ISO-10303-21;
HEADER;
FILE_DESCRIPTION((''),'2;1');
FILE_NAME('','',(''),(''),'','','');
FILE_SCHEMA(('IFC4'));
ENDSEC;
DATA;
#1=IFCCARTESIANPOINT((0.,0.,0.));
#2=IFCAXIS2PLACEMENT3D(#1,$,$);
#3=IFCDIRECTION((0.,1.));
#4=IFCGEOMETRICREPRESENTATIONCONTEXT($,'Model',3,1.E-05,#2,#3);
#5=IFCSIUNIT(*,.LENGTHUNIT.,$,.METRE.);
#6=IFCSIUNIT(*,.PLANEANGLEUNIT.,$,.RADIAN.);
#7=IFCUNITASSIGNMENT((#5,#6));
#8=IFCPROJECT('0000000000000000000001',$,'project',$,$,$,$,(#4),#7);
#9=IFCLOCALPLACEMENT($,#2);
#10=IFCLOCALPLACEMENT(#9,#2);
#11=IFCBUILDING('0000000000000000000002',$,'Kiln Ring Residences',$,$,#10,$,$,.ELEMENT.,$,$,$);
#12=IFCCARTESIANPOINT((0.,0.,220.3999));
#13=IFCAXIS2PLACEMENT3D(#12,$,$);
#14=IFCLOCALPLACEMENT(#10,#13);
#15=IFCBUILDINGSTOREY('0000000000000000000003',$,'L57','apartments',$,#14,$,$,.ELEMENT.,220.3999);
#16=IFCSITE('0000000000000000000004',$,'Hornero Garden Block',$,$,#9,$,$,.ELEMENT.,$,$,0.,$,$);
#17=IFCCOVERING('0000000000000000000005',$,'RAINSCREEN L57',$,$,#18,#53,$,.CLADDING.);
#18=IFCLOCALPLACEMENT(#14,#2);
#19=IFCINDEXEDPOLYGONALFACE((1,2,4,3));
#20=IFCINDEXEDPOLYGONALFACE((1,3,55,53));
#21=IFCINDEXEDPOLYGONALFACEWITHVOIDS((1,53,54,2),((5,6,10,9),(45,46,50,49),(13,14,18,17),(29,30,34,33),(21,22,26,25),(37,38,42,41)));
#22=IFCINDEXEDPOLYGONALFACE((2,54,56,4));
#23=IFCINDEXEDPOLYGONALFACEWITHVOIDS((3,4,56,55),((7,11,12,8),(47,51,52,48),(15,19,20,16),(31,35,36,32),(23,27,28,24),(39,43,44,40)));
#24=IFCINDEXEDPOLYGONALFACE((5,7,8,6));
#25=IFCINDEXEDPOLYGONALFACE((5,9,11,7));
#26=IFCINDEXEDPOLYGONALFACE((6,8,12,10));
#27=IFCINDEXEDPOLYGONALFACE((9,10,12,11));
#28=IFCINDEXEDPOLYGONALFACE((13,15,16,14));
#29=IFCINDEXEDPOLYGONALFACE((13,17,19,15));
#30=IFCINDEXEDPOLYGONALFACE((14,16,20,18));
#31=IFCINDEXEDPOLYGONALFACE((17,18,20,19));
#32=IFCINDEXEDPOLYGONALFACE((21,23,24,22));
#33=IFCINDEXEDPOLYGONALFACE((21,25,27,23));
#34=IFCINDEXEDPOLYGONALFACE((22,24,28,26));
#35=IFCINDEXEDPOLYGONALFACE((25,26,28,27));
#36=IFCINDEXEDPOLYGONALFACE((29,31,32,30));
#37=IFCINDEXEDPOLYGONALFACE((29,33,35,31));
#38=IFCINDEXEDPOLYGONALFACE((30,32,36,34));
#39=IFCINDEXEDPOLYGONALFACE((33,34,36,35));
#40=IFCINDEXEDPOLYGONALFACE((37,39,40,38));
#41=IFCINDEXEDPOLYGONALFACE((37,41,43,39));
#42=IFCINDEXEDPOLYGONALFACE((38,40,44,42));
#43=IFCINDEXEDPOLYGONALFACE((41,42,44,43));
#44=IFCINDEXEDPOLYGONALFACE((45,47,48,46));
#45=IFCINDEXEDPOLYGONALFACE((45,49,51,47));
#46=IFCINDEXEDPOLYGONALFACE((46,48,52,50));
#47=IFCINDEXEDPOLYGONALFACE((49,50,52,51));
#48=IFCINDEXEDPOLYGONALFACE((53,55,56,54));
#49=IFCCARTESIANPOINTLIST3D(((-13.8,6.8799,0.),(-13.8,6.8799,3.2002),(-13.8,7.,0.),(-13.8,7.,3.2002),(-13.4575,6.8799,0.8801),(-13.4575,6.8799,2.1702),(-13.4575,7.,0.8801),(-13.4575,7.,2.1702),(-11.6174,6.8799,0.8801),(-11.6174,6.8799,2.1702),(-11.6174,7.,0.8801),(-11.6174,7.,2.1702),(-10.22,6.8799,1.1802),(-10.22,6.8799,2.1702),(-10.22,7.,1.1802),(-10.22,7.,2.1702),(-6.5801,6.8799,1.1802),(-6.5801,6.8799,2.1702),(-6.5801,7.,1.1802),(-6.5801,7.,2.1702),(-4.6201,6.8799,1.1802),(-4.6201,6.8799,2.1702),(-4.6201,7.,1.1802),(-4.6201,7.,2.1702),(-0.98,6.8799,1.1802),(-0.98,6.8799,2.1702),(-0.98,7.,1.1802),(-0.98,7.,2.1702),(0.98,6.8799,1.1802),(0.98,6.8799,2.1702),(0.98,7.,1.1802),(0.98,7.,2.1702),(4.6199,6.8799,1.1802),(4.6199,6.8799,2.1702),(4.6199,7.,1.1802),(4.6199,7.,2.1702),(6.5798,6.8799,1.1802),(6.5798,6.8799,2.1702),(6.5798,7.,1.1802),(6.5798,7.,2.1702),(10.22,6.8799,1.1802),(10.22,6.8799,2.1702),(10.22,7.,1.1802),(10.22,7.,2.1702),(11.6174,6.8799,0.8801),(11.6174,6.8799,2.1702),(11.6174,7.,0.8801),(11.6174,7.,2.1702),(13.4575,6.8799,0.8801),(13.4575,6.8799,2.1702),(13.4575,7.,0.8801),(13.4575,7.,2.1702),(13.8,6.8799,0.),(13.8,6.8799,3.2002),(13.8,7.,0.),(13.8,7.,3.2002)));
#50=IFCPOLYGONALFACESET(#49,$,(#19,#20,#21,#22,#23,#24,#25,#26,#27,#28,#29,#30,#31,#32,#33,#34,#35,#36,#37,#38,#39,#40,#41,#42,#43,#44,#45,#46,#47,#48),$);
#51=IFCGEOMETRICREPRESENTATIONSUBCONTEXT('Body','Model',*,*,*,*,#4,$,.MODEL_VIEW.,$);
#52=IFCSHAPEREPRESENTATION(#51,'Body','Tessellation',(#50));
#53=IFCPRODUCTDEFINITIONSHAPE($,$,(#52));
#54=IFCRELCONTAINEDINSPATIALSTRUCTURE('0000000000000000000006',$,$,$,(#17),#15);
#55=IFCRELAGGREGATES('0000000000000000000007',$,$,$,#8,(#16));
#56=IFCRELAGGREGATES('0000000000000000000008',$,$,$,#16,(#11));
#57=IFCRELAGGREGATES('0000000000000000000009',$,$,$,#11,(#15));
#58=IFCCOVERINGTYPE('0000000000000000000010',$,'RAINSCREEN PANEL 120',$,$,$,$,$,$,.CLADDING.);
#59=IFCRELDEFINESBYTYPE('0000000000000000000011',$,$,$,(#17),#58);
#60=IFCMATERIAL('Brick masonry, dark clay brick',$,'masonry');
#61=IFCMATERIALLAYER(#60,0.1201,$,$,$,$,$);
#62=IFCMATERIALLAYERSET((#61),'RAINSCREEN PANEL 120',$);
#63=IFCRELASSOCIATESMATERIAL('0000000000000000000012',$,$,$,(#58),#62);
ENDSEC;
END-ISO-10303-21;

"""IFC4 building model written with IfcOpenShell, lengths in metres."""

from ifc_helpers import new_model, si_unit, direction, frame, origin, place, context, subcontext, project, spatial, polyline, outline, extrude, material, layer, layer_set, type_object, element, save


model = new_model("IFC4")

# Units and contexts
model_context = context("Model", 3, precision=1e-05, world=origin(), true_north=direction((0.0, 1.0)))
body_context = subcontext(model_context, "Body", "Model", "MODEL_VIEW")
ifc_project = project(units=[si_unit("LENGTHUNIT", "METRE"), si_unit("PLANEANGLEUNIT", "RADIAN")], contexts=[model_context])

# Site, building, storey
site_placement = place(None, origin())
site = spatial("IfcSite", under=ifc_project, at=site_placement, Name="Hornero Garden Block", CompositionType="ELEMENT", RefElevation=0.0)
building_placement = place(site_placement, origin())
building = spatial("IfcBuilding", under=site, at=building_placement, Name="Kiln Ring Residences", CompositionType="ELEMENT")
storey_placement = place(building_placement, frame((0.0, 0.0, 220.3999)))
storey = spatial("IfcBuildingStorey", under=building, at=storey_placement, Name="L57", Description="apartments", CompositionType="ELEMENT", Elevation=220.3999)

# Covering
ifc_material_1 = material(Name="Brick masonry, dark clay brick", Category="masonry")
ifc_layer_1 = layer(ifc_material_1, 0.1201)
ifc_layer_set_1 = layer_set([ifc_layer_1], Name="RAINSCREEN PANEL 120")
covering_type = type_object("IfcCoveringType", Name="RAINSCREEN PANEL 120", PredefinedType="CLADDING", material=ifc_layer_set_1)
covering_placement = place(storey_placement, frame((-13.8, 6.9399, 0.0), z_axis=(0.0, 0.0, 1.0), x_axis=(1.0, 0.0, 0.0)))
element("IfcCovering", 1, at=covering_placement, inside=storey, type_object=covering_type, Name="RAINSCREEN L57", PredefinedType="CLADDING", context=body_context, shape_type="SweptSolid", body=[
    extrude(outline(polyline([(0.0, 0.0), (27.6001, 0.0), (27.6001, 3.2002), (0.0, 3.2002), (0.0, 0.0)]), holes=[polyline([(2.1826, 0.8801), (2.1826, 2.1702), (0.3425, 2.1702), (0.3425, 0.8801), (2.1826, 0.8801)]), polyline([(25.4175, 0.8801), (27.2576, 0.8801), (27.2576, 2.1702), (25.4175, 2.1702), (25.4175, 0.8801)]), polyline([(3.5801, 1.1802), (7.22, 1.1802), (7.22, 2.1702), (3.5801, 2.1702), (3.5801, 1.1802)]), polyline([(12.8201, 1.1802), (12.8201, 2.1702), (9.1799, 2.1702), (9.1799, 1.1802), (12.8201, 1.1802)]), polyline([(14.78, 1.1802), (18.4199, 1.1802), (18.4199, 2.1702), (14.78, 2.1702), (14.78, 1.1802)]), polyline([(20.3799, 1.1802), (24.02, 1.1802), (24.02, 2.1702), (20.3799, 2.1702), (20.3799, 1.1802)])]), frame((0.0, 0.0601, 0.0), z_axis=(0.0, -1.0, 0.0), x_axis=(1.0, 0.0, 0.0)), (0.0, 0.0, 1.0), 0.1201),
])

save(model, "model.ifc")
